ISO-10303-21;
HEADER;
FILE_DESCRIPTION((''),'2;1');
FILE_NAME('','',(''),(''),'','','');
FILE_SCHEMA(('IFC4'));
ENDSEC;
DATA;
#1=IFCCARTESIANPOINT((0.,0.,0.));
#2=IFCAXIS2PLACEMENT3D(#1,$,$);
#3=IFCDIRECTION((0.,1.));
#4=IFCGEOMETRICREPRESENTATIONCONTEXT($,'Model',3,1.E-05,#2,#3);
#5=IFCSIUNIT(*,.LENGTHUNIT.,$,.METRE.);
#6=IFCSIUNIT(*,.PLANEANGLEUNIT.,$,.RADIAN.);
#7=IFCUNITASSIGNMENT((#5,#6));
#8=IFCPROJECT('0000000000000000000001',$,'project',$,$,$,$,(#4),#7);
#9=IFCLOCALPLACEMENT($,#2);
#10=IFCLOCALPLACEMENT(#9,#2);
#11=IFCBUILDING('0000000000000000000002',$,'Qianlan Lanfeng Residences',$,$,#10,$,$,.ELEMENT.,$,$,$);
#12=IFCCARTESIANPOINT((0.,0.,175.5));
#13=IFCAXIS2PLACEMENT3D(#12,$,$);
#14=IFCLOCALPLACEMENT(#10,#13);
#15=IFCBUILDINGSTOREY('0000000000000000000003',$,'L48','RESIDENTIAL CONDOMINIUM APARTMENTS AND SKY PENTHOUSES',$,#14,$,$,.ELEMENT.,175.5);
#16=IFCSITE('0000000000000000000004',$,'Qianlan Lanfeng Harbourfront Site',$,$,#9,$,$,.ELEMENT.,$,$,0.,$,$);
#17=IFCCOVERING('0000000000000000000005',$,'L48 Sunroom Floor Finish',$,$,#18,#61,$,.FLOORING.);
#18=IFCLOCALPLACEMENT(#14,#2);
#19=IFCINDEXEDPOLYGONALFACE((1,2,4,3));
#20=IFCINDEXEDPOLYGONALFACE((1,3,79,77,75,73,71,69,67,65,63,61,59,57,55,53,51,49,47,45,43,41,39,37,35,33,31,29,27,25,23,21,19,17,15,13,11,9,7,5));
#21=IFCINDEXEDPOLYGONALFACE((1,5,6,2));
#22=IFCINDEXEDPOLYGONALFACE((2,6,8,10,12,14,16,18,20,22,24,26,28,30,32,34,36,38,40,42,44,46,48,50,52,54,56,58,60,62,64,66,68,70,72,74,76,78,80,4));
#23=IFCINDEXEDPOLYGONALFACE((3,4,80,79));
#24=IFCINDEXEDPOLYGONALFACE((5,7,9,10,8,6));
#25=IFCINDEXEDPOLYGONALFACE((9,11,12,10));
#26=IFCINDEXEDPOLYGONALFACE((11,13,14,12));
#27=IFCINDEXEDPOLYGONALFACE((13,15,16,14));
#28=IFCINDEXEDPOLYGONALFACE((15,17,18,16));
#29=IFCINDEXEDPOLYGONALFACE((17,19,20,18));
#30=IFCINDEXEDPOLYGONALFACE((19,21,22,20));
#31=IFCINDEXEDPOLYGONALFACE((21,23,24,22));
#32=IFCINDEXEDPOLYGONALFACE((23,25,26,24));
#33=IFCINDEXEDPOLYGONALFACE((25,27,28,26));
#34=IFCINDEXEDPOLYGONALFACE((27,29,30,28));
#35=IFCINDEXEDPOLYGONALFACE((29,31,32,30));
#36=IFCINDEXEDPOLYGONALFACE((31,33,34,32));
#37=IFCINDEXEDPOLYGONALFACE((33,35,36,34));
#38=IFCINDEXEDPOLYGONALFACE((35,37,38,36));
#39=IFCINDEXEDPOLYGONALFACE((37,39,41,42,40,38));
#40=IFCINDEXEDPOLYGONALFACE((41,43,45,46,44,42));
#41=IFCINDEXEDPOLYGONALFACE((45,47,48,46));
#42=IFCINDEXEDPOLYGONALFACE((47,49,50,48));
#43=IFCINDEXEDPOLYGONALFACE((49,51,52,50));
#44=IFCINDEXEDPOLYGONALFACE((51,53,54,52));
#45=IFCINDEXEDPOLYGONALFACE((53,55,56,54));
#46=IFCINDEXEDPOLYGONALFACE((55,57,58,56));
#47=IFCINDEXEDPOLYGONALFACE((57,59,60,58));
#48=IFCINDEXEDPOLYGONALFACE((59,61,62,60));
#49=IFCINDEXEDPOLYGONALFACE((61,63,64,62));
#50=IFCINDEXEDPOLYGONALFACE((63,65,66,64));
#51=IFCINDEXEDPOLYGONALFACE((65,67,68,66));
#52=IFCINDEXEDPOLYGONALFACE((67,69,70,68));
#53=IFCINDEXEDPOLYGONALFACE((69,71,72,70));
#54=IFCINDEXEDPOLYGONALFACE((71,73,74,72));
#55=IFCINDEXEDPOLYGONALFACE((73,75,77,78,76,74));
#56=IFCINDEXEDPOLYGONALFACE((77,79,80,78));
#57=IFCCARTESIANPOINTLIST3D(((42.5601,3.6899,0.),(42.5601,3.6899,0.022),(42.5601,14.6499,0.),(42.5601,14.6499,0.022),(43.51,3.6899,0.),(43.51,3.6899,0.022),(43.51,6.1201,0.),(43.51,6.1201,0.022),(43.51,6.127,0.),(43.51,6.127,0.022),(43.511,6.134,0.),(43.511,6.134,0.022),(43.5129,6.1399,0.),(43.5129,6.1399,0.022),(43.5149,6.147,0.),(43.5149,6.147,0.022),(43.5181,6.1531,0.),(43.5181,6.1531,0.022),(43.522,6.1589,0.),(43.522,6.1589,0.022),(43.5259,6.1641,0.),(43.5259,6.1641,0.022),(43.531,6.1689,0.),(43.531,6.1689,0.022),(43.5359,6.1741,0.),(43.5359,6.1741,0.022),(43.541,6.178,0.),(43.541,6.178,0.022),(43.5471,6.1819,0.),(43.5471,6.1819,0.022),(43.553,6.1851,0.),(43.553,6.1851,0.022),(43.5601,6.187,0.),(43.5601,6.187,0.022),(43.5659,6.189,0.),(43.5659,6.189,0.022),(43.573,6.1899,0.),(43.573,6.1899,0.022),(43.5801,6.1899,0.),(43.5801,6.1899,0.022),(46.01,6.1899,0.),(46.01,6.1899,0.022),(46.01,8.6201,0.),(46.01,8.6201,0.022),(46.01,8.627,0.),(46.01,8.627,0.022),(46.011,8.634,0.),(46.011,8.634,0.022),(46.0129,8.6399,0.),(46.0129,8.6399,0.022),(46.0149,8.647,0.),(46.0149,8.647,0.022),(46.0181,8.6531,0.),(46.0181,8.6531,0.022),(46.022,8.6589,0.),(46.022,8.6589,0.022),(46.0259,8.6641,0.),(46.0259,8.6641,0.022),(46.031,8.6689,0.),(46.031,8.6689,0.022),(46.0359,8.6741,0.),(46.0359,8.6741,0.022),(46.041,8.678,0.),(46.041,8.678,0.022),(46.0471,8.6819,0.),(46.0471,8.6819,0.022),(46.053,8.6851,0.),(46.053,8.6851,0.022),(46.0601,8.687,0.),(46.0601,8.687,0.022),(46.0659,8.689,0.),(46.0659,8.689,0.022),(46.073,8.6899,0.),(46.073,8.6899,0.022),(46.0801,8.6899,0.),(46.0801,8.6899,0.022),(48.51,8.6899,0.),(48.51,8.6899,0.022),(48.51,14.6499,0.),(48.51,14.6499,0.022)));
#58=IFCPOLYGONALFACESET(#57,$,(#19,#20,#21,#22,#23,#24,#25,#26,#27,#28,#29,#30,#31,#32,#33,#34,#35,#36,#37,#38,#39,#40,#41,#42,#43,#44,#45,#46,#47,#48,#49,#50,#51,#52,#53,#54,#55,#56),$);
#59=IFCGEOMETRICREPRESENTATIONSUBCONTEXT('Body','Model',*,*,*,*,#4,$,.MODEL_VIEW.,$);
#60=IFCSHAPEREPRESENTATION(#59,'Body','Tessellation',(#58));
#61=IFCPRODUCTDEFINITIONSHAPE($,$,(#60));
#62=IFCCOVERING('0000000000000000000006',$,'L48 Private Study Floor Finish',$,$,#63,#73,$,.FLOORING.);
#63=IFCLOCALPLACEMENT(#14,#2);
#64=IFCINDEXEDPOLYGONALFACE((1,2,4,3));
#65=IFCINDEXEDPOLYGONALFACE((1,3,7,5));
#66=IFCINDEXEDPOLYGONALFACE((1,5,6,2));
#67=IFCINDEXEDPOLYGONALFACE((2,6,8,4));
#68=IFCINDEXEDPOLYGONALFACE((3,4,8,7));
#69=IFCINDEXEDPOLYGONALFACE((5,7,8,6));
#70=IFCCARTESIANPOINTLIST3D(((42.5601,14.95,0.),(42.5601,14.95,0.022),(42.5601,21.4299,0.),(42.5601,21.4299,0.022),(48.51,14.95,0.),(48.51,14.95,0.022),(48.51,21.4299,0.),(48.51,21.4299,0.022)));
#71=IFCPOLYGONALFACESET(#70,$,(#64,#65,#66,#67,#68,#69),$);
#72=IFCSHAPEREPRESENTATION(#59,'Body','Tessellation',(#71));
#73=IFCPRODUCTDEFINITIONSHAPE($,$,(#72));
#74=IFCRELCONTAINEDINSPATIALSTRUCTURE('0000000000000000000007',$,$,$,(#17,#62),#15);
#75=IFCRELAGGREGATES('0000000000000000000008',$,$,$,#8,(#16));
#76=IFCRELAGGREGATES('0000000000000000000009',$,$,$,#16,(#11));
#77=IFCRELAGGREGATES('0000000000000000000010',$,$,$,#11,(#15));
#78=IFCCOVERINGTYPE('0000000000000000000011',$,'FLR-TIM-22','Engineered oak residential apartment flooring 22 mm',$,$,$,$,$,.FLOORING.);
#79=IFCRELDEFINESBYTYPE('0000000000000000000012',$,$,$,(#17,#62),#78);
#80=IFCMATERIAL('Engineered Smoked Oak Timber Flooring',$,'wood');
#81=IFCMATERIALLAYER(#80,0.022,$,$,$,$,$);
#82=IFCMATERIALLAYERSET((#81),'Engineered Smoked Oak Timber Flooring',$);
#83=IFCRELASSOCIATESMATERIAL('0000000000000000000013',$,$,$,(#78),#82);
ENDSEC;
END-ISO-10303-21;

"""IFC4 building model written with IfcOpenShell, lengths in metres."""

from ifc_helpers import new_model, si_unit, direction, frame, origin, place, context, subcontext, project, spatial, polyline, outline, extrude, material, layer, layer_set, type_object, element, save


model = new_model("IFC4")

# Units and contexts
model_context = context("Model", 3, precision=1e-05, world=origin(), true_north=direction((0.0, 1.0)))
body_context = subcontext(model_context, "Body", "Model", "MODEL_VIEW")
ifc_project = project(units=[si_unit("LENGTHUNIT", "METRE"), si_unit("PLANEANGLEUNIT", "RADIAN")], contexts=[model_context])

# Site, building, storey
site_placement = place(None, origin())
site = spatial("IfcSite", under=ifc_project, at=site_placement, Name="Qianlan Lanfeng Harbourfront Site", CompositionType="ELEMENT", RefElevation=0.0)
building_placement = place(site_placement, origin())
building = spatial("IfcBuilding", under=site, at=building_placement, Name="Qianlan Lanfeng Residences", CompositionType="ELEMENT")
storey_placement = place(building_placement, frame((0.0, 0.0, 175.5)))
storey = spatial("IfcBuildingStorey", under=building, at=storey_placement, Name="L48", Description="RESIDENTIAL CONDOMINIUM APARTMENTS AND SKY PENTHOUSES", CompositionType="ELEMENT", Elevation=175.5)

# Coverings
ifc_material_1 = material(Name="Engineered Smoked Oak Timber Flooring", Category="wood")
ifc_layer_1 = layer(ifc_material_1, 0.022)
ifc_layer_set_1 = layer_set([ifc_layer_1], Name="Engineered Smoked Oak Timber Flooring")
covering_type_1 = type_object("IfcCoveringType", Name="FLR-TIM-22", Description="Engineered oak residential apartment flooring 22 mm", PredefinedType="FLOORING", material=ifc_layer_set_1)
covering_1_placement = place(storey_placement, origin())
element("IfcCovering", 1, at=covering_1_placement, inside=storey, type_object=covering_type_1, Name="L48 Sunroom Floor Finish", PredefinedType="FLOORING", context=body_context, shape_type="SweptSolid", body=[
    extrude(outline(polyline([(48.51, 14.6499), (42.5601, 14.6499), (42.5601, 3.6899), (43.51, 3.6899), (43.51, 6.1201), (43.51, 6.127), (43.511, 6.134), (43.5129, 6.1399), (43.5149, 6.147), (43.5181, 6.1531), (43.522, 6.1589), (43.5259, 6.1641), (43.531, 6.1689), (43.5359, 6.1741), (43.541, 6.178), (43.5471, 6.1819), (43.553, 6.1851), (43.5601, 6.187), (43.5659, 6.189), (43.573, 6.1899), (43.5801, 6.1899), (46.01, 6.1899), (46.01, 8.6201), (46.01, 8.627), (46.011, 8.634), (46.0129, 8.6399), (46.0149, 8.647), (46.0181, 8.6531), (46.022, 8.6589), (46.0259, 8.6641), (46.031, 8.6689), (46.0359, 8.6741), (46.041, 8.678), (46.0471, 8.6819), (46.053, 8.6851), (46.0601, 8.687), (46.0659, 8.689), (46.073, 8.6899), (46.0801, 8.6899), (48.51, 8.6899), (48.51, 14.6499)])), origin(), (0.0, 0.0, 1.0), 0.022),
])
covering_2_placement = place(storey_placement, origin())
element("IfcCovering", 2, at=covering_2_placement, inside=storey, type_object=covering_type_1, Name="L48 Private Study Floor Finish", PredefinedType="FLOORING", context=body_context, shape_type="SweptSolid", body=[
    extrude(outline(polyline([(48.51, 21.4299), (42.5601, 21.4299), (42.5601, 14.95), (48.51, 14.95), (48.51, 21.4299)])), origin(), (0.0, 0.0, 1.0), 0.022),
])

save(model, "model.ifc")
